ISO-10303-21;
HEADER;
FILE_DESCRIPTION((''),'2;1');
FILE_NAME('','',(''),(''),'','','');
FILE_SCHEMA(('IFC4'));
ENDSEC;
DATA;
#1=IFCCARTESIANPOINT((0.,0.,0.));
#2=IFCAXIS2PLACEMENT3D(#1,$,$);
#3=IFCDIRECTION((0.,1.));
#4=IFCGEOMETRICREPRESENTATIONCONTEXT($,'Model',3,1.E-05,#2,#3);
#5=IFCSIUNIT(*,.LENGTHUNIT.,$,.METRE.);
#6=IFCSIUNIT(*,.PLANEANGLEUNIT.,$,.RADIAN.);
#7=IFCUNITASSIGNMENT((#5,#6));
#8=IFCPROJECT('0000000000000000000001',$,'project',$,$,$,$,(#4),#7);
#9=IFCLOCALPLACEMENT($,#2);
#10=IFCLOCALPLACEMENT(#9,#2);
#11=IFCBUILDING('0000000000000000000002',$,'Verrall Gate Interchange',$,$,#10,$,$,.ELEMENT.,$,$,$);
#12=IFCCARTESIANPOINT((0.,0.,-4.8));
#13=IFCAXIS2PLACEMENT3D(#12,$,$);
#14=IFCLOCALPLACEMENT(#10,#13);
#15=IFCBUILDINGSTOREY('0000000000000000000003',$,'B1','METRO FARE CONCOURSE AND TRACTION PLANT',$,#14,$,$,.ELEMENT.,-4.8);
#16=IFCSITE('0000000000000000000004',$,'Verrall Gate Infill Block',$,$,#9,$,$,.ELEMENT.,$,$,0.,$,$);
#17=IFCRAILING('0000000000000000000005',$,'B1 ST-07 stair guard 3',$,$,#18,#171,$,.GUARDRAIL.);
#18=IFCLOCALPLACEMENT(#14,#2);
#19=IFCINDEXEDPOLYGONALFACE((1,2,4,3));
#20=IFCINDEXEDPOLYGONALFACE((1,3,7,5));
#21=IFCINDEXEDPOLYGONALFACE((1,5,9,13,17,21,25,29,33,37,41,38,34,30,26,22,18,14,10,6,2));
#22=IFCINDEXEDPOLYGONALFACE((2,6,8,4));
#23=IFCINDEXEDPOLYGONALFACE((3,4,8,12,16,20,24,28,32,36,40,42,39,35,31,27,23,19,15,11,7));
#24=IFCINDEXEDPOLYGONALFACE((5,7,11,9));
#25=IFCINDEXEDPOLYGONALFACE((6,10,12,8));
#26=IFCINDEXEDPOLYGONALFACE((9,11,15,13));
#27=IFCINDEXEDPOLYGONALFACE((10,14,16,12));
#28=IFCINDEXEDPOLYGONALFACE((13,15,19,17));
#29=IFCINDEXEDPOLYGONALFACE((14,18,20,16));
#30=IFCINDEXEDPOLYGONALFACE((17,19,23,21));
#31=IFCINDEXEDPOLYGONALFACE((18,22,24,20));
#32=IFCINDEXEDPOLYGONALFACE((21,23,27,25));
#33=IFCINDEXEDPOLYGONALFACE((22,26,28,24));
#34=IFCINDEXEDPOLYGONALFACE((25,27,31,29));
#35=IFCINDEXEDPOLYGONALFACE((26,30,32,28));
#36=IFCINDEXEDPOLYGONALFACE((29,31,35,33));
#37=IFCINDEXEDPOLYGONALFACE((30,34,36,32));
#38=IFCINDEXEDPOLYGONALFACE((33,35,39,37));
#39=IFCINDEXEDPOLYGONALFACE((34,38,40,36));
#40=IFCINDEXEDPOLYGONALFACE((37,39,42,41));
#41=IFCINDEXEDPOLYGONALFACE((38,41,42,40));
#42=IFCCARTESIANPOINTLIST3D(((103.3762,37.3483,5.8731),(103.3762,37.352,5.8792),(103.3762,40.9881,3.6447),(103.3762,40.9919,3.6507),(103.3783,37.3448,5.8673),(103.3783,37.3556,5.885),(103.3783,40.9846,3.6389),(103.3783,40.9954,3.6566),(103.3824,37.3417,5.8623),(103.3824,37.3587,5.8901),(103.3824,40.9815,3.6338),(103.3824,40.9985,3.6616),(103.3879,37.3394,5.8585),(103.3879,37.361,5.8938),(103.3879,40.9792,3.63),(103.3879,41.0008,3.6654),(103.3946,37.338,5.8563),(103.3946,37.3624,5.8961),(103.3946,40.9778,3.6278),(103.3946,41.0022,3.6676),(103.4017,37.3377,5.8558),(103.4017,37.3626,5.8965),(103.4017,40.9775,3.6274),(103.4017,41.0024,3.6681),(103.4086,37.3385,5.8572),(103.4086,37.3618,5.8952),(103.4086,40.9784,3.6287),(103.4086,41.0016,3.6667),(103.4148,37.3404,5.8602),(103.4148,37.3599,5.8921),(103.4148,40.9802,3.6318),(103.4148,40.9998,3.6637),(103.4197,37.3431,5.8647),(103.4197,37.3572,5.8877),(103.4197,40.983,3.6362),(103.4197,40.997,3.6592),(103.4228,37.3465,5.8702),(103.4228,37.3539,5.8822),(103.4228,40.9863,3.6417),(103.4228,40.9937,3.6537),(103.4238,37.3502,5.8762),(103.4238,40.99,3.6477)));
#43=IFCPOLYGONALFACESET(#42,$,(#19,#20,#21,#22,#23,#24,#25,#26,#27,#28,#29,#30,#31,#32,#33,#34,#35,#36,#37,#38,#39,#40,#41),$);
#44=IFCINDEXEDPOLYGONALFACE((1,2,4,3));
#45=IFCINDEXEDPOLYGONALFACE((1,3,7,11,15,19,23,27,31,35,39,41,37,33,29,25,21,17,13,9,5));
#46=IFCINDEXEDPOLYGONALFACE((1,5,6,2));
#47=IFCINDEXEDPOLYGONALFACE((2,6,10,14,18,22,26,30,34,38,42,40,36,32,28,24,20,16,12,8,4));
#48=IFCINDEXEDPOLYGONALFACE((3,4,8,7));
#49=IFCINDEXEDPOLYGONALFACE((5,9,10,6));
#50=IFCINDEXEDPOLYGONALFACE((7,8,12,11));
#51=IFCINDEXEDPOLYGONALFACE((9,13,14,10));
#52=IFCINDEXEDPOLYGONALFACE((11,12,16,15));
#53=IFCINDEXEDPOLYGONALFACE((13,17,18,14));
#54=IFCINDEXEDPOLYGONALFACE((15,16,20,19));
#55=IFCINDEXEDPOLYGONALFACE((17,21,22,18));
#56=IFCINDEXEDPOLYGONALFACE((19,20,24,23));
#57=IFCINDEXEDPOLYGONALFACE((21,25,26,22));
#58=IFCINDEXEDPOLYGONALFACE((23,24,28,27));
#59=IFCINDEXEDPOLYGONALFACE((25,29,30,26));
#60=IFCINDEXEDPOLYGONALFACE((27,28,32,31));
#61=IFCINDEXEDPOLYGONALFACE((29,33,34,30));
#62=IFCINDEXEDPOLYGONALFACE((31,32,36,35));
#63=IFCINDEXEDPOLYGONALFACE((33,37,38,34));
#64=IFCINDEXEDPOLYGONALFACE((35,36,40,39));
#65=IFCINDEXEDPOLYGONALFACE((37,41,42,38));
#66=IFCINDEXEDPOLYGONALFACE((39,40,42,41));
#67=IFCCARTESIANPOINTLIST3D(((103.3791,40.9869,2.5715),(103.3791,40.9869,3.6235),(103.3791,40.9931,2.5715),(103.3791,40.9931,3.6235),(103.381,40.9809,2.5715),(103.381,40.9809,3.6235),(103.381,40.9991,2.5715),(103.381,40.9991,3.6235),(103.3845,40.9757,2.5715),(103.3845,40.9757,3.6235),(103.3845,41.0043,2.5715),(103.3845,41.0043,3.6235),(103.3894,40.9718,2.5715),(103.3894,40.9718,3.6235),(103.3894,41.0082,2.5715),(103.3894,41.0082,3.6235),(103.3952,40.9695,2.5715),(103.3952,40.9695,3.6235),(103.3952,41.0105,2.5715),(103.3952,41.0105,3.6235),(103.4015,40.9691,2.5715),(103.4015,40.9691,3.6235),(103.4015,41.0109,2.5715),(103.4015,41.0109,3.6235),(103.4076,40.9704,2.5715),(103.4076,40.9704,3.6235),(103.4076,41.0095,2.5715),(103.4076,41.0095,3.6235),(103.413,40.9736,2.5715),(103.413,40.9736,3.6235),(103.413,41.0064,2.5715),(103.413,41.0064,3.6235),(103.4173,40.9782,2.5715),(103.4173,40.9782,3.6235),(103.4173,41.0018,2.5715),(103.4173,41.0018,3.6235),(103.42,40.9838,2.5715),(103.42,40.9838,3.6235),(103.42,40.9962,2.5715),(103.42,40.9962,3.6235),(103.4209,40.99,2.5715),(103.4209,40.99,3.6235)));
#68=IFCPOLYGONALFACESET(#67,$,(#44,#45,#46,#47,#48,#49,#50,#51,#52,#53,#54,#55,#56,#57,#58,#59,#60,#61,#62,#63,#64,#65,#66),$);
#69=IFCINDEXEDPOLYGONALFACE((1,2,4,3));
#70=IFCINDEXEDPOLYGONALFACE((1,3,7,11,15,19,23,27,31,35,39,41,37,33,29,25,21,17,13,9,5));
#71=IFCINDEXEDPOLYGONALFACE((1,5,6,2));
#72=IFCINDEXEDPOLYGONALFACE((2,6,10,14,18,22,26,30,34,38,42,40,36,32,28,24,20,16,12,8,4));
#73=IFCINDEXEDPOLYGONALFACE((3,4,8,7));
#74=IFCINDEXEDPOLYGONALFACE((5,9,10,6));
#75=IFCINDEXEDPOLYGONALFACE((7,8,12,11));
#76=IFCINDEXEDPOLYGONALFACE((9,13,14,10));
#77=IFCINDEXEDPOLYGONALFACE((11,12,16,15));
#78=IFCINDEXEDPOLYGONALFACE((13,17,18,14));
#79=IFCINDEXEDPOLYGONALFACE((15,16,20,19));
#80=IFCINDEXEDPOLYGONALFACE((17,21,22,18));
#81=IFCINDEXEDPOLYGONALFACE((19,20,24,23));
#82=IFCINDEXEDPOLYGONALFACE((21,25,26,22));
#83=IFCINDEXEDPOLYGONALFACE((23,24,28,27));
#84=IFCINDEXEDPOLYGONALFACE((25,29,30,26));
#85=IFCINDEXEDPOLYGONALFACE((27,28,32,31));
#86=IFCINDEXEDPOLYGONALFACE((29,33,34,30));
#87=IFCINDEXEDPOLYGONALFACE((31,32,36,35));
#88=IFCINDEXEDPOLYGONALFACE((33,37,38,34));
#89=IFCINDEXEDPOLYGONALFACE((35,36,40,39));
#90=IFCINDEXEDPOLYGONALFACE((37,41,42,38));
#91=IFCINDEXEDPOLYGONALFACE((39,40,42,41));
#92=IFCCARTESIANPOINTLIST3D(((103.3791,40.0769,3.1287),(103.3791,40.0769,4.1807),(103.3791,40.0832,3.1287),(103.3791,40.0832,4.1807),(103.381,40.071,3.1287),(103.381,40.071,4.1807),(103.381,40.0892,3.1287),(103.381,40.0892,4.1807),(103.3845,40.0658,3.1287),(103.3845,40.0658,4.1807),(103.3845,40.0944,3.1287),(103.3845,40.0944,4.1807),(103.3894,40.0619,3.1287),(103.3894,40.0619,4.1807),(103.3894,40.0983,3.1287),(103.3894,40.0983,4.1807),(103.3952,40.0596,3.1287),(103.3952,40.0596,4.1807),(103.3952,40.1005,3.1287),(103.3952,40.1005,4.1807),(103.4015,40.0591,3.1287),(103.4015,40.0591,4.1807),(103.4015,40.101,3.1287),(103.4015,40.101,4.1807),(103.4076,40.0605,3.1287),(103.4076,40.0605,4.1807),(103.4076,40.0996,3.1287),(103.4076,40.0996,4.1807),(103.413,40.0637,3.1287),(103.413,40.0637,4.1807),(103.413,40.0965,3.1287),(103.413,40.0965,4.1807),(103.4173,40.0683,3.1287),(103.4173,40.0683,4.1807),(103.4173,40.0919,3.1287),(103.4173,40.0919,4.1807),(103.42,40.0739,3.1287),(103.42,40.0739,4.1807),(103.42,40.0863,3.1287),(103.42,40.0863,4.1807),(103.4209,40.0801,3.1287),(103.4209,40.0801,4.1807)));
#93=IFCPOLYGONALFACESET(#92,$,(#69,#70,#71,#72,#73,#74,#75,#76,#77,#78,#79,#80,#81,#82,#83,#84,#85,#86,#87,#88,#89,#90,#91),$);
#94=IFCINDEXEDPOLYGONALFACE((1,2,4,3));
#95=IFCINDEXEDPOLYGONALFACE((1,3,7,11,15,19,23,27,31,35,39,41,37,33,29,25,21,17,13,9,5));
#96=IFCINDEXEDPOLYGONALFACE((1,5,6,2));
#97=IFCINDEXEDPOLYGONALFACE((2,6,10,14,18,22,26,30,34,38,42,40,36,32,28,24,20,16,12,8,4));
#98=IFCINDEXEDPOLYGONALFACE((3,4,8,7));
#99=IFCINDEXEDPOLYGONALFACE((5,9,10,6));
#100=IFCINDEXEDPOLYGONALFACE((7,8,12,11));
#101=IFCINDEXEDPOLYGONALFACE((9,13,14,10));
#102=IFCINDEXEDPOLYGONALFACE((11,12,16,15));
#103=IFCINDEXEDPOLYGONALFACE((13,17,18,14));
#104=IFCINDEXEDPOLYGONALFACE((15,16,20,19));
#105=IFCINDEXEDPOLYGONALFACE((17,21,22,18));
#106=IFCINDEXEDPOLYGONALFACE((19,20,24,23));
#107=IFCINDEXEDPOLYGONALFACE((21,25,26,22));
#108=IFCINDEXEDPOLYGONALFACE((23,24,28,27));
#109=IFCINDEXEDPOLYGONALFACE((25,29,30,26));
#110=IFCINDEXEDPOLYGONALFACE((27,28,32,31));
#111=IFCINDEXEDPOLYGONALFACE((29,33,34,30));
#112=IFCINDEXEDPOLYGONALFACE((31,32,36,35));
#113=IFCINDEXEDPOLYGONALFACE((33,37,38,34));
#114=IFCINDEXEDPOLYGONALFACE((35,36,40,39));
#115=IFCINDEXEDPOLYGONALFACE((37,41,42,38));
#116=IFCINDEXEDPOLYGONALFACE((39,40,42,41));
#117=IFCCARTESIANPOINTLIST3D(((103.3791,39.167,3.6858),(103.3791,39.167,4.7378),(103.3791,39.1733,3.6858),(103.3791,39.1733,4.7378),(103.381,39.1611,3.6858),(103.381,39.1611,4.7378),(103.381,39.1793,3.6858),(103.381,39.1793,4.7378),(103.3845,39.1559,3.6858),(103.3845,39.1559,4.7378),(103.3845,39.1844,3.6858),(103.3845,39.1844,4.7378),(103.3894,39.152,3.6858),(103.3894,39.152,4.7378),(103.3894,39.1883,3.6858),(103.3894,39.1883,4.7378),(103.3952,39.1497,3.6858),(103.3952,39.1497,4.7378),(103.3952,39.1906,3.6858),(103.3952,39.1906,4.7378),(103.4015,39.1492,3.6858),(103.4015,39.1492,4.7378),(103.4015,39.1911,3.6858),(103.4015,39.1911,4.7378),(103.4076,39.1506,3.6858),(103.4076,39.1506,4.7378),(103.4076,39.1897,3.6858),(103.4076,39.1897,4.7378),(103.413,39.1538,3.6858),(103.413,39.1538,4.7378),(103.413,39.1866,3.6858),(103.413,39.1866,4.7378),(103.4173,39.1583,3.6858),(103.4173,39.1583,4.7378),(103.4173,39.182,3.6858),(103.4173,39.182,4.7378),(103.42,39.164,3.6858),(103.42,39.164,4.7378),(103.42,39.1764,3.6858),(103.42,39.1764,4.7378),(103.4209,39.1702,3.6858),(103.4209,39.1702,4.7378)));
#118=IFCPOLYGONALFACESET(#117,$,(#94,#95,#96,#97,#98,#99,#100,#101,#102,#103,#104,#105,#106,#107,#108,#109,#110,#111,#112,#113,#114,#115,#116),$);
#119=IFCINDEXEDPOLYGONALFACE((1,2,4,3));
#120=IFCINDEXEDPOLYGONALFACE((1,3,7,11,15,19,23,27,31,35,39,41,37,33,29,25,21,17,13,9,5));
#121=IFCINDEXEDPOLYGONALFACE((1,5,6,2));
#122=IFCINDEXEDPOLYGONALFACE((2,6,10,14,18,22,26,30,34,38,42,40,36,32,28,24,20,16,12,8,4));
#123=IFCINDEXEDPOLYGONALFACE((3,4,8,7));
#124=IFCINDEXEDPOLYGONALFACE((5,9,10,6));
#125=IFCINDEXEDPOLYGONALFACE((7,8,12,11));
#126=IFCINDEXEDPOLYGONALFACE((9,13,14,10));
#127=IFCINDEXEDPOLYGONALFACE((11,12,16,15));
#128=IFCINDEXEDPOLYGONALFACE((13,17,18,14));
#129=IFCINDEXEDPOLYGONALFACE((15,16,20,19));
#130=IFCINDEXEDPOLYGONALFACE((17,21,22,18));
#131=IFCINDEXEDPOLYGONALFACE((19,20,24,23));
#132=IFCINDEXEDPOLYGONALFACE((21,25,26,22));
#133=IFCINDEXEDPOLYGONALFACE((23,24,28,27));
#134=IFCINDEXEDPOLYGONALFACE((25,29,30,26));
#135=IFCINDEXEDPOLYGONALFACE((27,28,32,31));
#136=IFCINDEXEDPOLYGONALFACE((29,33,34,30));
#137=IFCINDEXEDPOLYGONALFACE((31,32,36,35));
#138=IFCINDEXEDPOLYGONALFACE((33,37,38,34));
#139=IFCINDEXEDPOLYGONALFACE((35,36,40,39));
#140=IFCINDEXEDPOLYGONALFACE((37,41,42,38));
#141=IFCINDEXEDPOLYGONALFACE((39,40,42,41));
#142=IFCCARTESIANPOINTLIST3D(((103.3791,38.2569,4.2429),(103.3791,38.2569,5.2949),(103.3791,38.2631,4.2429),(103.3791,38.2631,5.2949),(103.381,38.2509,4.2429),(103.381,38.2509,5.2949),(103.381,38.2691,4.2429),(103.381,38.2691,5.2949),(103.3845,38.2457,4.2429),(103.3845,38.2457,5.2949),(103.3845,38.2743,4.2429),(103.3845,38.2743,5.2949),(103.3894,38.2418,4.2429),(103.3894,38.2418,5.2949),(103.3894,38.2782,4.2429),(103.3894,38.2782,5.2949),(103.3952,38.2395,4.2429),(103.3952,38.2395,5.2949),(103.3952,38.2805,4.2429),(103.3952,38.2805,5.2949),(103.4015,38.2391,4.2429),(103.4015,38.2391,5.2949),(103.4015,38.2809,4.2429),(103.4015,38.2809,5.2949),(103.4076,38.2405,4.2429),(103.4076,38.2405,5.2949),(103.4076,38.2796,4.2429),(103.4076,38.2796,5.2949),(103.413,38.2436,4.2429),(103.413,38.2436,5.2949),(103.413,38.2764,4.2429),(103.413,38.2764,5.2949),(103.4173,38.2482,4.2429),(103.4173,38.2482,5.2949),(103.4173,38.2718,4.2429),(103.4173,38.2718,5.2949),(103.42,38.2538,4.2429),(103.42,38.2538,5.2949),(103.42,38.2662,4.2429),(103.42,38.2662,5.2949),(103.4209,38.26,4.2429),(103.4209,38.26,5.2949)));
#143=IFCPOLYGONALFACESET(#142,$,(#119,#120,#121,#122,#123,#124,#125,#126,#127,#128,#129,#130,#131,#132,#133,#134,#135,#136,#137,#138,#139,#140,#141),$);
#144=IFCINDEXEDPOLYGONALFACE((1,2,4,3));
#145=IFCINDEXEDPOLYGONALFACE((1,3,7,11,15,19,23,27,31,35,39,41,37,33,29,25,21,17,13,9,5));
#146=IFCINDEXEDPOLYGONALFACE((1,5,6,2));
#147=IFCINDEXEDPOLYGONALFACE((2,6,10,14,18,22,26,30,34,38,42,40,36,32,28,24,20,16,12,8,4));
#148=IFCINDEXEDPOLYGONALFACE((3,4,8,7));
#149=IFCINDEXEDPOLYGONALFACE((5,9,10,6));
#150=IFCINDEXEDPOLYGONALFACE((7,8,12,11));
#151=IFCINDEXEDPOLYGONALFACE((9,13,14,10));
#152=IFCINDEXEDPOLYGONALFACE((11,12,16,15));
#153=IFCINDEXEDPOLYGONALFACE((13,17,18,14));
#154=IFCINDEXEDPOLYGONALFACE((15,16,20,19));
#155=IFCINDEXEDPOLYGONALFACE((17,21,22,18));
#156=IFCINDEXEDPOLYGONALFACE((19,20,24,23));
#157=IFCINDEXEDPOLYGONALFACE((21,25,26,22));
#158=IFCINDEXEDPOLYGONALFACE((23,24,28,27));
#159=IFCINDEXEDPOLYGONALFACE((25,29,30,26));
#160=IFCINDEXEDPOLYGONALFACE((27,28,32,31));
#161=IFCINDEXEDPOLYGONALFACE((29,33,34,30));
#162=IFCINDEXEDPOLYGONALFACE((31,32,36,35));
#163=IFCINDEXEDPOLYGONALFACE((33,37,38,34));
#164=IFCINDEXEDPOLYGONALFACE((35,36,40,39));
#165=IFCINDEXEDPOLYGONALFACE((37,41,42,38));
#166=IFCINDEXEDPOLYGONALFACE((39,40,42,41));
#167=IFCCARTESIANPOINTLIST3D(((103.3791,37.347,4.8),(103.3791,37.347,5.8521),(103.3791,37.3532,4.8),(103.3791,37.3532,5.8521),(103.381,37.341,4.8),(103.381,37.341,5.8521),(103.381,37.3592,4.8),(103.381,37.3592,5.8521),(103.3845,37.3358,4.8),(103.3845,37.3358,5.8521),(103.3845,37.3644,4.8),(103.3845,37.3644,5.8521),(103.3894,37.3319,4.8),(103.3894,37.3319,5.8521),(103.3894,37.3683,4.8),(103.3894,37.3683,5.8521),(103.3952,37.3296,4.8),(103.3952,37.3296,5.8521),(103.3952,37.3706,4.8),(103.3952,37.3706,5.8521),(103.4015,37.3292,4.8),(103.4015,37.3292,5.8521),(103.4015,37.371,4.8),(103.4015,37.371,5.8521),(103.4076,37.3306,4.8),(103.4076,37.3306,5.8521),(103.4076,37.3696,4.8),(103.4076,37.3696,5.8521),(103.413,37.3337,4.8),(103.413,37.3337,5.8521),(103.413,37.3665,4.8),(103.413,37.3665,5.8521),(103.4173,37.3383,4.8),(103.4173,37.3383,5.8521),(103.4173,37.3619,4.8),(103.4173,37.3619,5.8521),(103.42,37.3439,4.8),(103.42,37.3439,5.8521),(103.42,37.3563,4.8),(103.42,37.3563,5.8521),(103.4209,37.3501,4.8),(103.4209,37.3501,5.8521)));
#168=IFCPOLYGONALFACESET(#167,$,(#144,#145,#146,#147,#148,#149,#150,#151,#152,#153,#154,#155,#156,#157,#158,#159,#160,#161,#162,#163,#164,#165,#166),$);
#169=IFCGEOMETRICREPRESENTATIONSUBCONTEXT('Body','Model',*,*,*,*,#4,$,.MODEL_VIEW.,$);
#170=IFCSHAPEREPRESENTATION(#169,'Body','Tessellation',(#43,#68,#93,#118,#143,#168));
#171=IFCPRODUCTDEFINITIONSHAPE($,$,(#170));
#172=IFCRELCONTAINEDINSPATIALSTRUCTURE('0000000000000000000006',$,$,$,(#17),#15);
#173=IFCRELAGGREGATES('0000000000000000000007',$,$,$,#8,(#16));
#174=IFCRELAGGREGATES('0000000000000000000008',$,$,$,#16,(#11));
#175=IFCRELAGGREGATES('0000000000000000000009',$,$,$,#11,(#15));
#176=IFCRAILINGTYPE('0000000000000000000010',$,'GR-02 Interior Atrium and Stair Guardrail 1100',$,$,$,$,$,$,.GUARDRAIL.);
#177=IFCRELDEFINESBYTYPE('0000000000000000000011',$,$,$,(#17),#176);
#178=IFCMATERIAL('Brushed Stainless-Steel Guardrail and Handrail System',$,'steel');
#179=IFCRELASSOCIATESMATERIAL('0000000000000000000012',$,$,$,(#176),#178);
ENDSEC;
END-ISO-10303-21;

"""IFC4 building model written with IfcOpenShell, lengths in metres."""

from ifc_helpers import new_model, si_unit, direction, frame, origin, origin_2d, place, context, subcontext, project, spatial, circle, extrude, material, type_object, element, save


model = new_model("IFC4")

# Units and contexts
model_context = context("Model", 3, precision=1e-05, world=origin(), true_north=direction((0.0, 1.0)))
body_context = subcontext(model_context, "Body", "Model", "MODEL_VIEW")
ifc_project = project(units=[si_unit("LENGTHUNIT", "METRE"), si_unit("PLANEANGLEUNIT", "RADIAN")], contexts=[model_context])

# Site, building, storey
site_placement = place(None, origin())
site = spatial("IfcSite", under=ifc_project, at=site_placement, Name="Verrall Gate Infill Block", CompositionType="ELEMENT", RefElevation=0.0)
building_placement = place(site_placement, origin())
building = spatial("IfcBuilding", under=site, at=building_placement, Name="Verrall Gate Interchange", CompositionType="ELEMENT")
storey_placement = place(building_placement, frame((0.0, 0.0, -4.8)))
storey = spatial("IfcBuildingStorey", under=building, at=storey_placement, Name="B1", Description="METRO FARE CONCOURSE AND TRACTION PLANT", CompositionType="ELEMENT", Elevation=-4.8)

# Railing
ifc_material_1 = material(Name="Brushed Stainless-Steel Guardrail and Handrail System", Category="steel")
railing_type_1 = type_object("IfcRailingType", Name="GR-02 Interior Atrium and Stair Guardrail 1100", PredefinedType="GUARDRAIL", material=ifc_material_1)
railing_1_placement = place(storey_placement, frame((103.3999, 40.99, 2.5715)))
element("IfcRailing", 1, at=railing_1_placement, inside=storey, type_object=railing_type_1, Name="B1 ST-07 stair guard 3", PredefinedType="GUARDRAIL", context=body_context, shape_type="SweptSolid", body=[
    extrude(circle(Radius=0.0239, at=origin_2d()), frame((0.0, 0.0, 1.0762), z_axis=(0.0, -0.85285, 0.522156), x_axis=(1.0, 0.0, 0.0)), (0.0, 0.0, 1.0), 4.2678),
    extrude(circle(Radius=0.021, at=origin_2d()), origin(), (0.0, 0.0, 1.0), 1.052),
    extrude(circle(Radius=0.021, at=origin_2d()), frame((0.0, -0.9099, 0.5571)), (0.0, 0.0, 1.0), 1.052),
    extrude(circle(Radius=0.021, at=origin_2d()), frame((0.0, -1.8198, 1.1143)), (0.0, 0.0, 1.0), 1.052),
    extrude(circle(Radius=0.021, at=origin_2d()), frame((0.0, -2.73, 1.6714)), (0.0, 0.0, 1.0), 1.052),
    extrude(circle(Radius=0.021, at=origin_2d()), frame((0.0, -3.6399, 2.2285)), (0.0, 0.0, 1.0), 1.052),
])

save(model, "model.ifc")
